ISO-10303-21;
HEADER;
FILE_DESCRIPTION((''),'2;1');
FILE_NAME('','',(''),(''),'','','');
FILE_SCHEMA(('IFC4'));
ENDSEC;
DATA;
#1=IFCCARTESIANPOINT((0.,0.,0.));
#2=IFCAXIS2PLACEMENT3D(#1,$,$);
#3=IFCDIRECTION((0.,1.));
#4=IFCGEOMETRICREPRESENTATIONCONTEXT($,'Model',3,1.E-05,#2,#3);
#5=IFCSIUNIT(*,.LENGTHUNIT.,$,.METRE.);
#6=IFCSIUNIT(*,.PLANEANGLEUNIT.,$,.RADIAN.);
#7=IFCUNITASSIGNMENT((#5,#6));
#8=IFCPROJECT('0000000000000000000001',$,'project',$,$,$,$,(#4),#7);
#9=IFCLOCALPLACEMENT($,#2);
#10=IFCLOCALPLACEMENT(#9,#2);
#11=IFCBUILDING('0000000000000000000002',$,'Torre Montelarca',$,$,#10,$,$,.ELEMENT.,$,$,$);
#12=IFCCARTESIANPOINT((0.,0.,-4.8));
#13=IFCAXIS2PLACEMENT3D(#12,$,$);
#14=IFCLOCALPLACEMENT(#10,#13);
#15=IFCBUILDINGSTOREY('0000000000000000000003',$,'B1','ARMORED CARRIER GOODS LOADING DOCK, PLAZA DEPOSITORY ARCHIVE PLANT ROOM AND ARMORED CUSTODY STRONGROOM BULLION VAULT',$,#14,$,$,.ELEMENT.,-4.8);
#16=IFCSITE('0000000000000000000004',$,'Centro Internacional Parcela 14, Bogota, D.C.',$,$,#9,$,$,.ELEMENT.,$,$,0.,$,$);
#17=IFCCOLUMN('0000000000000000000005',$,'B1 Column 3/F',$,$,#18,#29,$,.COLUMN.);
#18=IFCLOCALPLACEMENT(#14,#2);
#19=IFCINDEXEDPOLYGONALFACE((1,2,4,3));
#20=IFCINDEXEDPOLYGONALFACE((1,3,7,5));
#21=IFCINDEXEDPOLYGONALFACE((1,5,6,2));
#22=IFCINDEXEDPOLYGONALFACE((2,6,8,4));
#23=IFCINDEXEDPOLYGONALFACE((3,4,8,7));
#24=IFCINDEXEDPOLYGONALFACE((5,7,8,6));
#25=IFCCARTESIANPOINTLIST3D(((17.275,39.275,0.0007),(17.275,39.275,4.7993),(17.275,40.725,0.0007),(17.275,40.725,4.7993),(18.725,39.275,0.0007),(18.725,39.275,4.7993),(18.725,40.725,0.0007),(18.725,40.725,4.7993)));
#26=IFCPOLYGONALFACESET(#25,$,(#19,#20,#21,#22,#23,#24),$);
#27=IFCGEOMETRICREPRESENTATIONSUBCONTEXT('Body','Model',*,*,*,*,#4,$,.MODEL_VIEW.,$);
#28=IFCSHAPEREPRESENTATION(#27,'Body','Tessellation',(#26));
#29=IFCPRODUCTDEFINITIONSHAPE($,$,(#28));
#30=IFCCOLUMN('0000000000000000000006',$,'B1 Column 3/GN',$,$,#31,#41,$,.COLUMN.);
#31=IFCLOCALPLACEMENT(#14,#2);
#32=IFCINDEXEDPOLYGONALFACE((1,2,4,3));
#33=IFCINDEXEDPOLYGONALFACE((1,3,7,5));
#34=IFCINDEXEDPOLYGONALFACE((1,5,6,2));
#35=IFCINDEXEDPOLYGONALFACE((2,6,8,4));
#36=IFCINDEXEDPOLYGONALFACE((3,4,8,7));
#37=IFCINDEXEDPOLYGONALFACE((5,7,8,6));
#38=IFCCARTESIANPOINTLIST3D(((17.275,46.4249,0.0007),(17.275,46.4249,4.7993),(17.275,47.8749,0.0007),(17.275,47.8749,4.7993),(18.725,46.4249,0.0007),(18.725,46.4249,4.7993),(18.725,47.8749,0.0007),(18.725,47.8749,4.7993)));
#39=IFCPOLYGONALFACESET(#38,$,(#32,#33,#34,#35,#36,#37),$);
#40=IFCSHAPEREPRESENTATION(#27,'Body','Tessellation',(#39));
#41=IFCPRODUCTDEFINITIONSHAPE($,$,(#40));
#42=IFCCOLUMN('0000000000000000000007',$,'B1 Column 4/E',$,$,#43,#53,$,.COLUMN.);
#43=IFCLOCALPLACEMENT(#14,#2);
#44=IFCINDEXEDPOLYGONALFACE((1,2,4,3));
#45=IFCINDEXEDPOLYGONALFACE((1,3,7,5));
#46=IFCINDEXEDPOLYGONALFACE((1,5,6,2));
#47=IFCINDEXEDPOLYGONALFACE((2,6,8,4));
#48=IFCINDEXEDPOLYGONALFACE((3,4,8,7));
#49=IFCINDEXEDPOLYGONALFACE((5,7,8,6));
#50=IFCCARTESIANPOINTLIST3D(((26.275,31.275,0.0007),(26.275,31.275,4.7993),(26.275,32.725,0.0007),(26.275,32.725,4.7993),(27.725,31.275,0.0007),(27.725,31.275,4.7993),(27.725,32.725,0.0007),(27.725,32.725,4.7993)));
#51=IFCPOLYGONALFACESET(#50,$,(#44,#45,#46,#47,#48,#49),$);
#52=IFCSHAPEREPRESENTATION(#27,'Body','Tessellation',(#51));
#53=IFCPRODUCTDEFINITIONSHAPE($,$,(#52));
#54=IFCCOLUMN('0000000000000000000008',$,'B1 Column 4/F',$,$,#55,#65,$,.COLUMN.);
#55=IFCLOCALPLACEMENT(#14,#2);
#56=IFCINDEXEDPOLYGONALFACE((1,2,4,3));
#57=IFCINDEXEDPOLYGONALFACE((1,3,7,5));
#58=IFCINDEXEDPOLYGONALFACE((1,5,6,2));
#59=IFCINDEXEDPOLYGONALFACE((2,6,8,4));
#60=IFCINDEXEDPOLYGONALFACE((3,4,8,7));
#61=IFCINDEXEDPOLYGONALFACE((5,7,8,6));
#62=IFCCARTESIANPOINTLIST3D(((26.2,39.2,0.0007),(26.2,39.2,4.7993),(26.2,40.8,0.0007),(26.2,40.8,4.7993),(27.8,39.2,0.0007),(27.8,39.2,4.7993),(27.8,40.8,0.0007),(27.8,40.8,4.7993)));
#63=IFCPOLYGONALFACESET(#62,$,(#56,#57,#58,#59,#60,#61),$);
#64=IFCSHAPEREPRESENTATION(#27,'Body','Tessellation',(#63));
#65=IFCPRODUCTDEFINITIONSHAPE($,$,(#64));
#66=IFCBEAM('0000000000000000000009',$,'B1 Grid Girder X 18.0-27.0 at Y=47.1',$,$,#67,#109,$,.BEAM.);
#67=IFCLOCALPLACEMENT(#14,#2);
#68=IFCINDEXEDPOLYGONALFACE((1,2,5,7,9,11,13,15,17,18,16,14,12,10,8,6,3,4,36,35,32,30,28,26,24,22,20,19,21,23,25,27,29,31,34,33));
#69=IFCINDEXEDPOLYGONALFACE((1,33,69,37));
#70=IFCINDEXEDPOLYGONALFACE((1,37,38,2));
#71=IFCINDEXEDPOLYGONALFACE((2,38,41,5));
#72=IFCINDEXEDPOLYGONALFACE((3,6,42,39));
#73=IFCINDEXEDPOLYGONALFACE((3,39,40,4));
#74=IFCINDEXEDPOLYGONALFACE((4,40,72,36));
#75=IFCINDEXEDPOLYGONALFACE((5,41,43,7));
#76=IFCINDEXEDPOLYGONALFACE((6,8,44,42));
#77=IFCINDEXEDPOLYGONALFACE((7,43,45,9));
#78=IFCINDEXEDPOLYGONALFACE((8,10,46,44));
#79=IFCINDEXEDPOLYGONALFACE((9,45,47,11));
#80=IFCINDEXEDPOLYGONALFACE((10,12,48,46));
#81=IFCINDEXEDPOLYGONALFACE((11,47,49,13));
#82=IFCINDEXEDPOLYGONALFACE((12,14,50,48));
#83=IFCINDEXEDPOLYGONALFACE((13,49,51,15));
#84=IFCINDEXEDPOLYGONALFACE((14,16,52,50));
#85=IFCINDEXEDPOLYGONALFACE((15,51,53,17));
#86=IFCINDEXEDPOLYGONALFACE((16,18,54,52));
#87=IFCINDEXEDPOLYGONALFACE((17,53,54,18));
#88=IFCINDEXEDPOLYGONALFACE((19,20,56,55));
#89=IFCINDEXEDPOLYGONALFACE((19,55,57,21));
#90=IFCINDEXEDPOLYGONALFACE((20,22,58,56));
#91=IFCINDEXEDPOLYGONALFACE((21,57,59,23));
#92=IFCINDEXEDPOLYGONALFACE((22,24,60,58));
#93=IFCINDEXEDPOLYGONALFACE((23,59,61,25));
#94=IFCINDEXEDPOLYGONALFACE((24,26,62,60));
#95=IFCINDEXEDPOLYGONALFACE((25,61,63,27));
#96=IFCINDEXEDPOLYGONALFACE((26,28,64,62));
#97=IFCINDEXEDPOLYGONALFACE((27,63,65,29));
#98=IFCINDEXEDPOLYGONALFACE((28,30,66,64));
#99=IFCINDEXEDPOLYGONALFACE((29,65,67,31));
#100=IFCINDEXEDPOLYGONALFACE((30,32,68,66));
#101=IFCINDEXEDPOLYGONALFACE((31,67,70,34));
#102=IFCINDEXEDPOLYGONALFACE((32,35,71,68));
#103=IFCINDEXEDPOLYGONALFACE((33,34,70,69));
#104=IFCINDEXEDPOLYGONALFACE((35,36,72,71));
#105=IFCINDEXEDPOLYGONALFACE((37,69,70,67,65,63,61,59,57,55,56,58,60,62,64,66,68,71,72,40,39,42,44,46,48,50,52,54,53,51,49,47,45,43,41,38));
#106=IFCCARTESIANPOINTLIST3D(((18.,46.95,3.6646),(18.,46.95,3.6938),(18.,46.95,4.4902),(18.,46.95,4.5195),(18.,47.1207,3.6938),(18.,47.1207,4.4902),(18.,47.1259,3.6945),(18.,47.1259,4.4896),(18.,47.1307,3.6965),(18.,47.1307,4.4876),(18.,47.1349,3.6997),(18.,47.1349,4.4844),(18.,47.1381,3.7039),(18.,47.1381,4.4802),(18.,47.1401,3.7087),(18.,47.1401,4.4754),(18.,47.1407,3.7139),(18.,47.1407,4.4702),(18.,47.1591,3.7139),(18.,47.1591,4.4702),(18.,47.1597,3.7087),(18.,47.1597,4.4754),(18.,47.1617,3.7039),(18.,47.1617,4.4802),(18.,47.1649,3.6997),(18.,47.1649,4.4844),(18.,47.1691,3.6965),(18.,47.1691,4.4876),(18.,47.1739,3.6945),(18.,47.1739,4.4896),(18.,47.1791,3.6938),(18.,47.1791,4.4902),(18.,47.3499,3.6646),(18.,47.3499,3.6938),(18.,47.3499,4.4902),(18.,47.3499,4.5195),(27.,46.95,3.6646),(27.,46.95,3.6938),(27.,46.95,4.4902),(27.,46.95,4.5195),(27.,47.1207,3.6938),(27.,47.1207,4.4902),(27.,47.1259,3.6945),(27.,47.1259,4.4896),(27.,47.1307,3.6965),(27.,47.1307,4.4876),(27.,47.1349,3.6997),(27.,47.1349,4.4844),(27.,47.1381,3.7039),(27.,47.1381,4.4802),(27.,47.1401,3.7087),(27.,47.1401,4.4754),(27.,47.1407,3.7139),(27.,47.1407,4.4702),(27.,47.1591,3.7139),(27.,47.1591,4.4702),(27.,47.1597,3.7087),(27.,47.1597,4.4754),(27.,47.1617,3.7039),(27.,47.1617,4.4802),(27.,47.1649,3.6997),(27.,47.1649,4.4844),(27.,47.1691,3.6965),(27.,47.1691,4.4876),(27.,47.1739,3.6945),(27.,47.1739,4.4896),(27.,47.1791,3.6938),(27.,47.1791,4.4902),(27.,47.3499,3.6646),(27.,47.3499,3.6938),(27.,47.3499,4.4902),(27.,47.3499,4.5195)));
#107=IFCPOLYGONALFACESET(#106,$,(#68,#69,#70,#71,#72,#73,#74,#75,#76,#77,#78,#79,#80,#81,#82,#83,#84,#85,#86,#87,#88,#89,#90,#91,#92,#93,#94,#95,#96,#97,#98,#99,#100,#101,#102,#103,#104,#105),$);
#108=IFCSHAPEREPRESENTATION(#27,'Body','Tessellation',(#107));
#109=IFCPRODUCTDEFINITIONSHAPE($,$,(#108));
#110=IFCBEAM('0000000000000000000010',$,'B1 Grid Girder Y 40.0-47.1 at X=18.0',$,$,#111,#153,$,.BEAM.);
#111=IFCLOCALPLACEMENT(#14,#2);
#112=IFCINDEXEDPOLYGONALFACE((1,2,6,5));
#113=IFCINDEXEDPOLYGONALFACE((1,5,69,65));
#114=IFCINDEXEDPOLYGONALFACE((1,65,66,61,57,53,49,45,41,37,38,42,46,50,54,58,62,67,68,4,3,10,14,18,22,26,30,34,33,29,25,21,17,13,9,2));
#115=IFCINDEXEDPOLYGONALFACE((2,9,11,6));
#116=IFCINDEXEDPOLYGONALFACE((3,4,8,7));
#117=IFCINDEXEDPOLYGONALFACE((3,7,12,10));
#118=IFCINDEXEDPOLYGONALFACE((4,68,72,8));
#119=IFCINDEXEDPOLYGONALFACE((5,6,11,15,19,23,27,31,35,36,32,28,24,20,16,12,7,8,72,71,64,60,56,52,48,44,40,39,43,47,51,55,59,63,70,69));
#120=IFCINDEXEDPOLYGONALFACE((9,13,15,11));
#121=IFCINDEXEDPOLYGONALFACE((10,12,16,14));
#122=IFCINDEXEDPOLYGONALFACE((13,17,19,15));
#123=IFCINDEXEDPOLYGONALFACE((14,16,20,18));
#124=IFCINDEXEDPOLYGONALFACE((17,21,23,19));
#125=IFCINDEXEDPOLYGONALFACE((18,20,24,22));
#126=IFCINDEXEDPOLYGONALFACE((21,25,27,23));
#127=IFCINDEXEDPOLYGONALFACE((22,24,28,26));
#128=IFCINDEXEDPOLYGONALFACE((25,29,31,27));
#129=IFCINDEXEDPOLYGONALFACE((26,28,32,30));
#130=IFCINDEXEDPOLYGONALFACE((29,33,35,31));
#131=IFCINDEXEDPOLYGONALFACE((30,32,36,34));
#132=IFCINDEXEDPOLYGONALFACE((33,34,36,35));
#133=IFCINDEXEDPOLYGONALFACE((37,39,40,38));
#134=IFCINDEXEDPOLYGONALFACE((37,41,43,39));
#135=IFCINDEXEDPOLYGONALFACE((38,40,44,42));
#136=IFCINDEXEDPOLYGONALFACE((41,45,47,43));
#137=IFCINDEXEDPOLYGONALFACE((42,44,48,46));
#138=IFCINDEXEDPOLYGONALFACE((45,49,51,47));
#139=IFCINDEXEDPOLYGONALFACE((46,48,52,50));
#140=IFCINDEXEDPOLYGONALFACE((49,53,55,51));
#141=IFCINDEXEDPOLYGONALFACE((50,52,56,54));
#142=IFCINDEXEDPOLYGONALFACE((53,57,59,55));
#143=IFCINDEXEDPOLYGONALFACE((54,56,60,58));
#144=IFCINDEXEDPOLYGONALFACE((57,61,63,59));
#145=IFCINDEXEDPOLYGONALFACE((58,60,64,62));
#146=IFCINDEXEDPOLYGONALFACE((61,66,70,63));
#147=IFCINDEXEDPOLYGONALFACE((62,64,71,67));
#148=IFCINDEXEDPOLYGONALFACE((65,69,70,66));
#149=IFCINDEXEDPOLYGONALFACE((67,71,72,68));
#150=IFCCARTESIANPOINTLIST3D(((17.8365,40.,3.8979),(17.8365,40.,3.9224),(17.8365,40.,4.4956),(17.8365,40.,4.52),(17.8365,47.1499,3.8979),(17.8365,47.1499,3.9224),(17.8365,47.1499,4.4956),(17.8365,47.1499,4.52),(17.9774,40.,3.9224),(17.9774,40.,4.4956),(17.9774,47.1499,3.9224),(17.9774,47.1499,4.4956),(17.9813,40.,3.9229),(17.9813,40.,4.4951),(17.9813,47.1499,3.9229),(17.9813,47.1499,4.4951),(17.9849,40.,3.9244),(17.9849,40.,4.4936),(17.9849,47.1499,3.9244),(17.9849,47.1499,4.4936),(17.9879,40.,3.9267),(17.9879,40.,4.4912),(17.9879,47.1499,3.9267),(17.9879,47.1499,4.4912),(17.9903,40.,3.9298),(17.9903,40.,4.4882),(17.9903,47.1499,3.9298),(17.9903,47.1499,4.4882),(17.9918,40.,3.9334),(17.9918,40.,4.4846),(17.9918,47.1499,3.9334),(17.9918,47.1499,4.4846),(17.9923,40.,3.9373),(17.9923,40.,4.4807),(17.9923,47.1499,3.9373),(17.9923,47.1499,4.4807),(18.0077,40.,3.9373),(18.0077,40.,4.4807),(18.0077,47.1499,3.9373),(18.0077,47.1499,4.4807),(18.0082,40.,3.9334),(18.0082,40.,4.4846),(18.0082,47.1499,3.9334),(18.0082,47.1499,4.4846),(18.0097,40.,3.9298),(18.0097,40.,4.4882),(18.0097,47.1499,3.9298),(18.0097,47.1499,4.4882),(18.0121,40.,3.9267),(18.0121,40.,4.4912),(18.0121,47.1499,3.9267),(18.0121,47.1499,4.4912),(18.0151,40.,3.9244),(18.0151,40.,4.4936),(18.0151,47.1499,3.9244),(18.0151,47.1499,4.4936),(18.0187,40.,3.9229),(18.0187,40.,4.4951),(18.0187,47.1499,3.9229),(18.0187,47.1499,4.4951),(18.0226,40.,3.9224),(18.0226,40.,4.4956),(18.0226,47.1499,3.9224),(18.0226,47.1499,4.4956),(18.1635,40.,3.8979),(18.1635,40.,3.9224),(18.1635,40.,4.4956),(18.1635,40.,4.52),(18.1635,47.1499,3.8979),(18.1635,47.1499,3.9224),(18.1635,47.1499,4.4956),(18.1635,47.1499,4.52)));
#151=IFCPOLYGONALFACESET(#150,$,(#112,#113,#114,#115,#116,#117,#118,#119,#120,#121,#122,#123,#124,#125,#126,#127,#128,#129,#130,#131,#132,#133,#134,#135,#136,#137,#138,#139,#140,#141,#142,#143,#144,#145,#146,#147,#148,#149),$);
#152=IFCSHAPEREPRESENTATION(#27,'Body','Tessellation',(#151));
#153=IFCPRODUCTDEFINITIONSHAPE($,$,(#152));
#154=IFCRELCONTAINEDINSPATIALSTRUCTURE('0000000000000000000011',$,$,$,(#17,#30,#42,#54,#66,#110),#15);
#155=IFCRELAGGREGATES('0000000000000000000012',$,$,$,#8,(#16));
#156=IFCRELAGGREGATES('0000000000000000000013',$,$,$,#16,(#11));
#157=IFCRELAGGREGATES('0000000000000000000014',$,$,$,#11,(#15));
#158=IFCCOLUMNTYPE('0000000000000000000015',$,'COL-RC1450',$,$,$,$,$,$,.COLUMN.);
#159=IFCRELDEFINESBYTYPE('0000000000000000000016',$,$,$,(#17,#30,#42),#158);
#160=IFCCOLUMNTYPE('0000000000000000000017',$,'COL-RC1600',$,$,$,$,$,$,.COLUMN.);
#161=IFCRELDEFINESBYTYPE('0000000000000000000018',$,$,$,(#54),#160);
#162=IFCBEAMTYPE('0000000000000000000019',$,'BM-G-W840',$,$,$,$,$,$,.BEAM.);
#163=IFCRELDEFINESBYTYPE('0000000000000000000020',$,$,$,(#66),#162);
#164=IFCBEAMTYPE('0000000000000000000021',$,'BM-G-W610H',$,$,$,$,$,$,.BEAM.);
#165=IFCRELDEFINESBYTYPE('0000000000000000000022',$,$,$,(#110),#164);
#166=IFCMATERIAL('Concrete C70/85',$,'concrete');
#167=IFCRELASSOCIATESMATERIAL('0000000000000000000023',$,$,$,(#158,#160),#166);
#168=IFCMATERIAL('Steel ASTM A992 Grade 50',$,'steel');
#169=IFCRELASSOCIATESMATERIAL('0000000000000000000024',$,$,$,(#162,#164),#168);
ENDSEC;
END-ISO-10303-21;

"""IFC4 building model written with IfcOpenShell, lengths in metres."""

from ifc_helpers import new_model, si_unit, direction, frame, origin, origin_2d, place, context, subcontext, project, spatial, rectangle, i_section, extrude, source, transform, mapped, material, material_profile, profile_set, type_object, element, save


model = new_model("IFC4")

# Units and contexts
model_context = context("Model", 3, precision=1e-05, world=origin(), true_north=direction((0.0, 1.0)))
body_context = subcontext(model_context, "Body", "Model", "MODEL_VIEW")
ifc_project = project(units=[si_unit("LENGTHUNIT", "METRE"), si_unit("PLANEANGLEUNIT", "RADIAN")], contexts=[model_context])

# Site, building, storey
site_placement = place(None, origin())
site = spatial("IfcSite", under=ifc_project, at=site_placement, Name="Centro Internacional Parcela 14, Bogota, D.C.", CompositionType="ELEMENT", RefElevation=0.0)
building_placement = place(site_placement, origin())
building = spatial("IfcBuilding", under=site, at=building_placement, Name="Torre Montelarca", CompositionType="ELEMENT")
storey_placement = place(building_placement, frame((0.0, 0.0, -4.8)))
storey = spatial("IfcBuildingStorey", under=building, at=storey_placement, Name="B1", Description="ARMORED CARRIER GOODS LOADING DOCK, PLAZA DEPOSITORY ARCHIVE PLANT ROOM AND ARMORED CUSTODY STRONGROOM BULLION VAULT", CompositionType="ELEMENT", Elevation=-4.8)

# Columns
ifc_material_1 = material(Name="Concrete C70/85", Category="concrete")
ifc_material_profile_1 = material_profile(ifc_material_1, rectangle(XDim=1.45, YDim=1.45, at=origin_2d()), Name="RC1450X1450", Category="concrete")
ifc_profile_set_1 = profile_set([ifc_material_profile_1], Name="Concrete C70/85")
column_type_1 = type_object("IfcColumnType", Name="COL-RC1450", PredefinedType="COLUMN", material=ifc_profile_set_1)
shared_shape_1 = source(origin(), body_context, "Body", "SweptSolid", [
    extrude(rectangle(XDim=1.45, YDim=1.45, at=origin_2d()), origin(), (0.0, 0.0, 1.0), 4.7986),
])
for number, where, z_axis, x_axis, name in (
    (1, (18.0, 40.0, 0.0007), (0.0, 0.0, 1.0), (1.0, 0.0, 0.0), "B1 Column 3/F"),
    (2, (18.0, 47.1499, 0.0007), (0.0, 0.0, 1.0), (1.0, 0.0, 0.0), "B1 Column 3/GN"),
    (3, (27.0, 32.0, 0.0007), (0.0, 0.0, 1.0), (1.0, 0.0, 0.0), "B1 Column 4/E"),
):
    element("IfcColumn", number, at=place(storey_placement, frame(where, z_axis=z_axis, x_axis=x_axis)), inside=storey, type_object=column_type_1, Name=name, PredefinedType="COLUMN", context=body_context, shape_type="MappedRepresentation", body=[
        mapped(shared_shape_1, transform((0.0, 0.0, 0.0), scale=1.0)),
    ])
ifc_material_profile_2 = material_profile(ifc_material_1, rectangle(XDim=1.6001, YDim=1.6001, at=origin_2d()), Name="RC1600X1600", Category="concrete")
ifc_profile_set_2 = profile_set([ifc_material_profile_2], Name="Concrete C70/85")
column_type_2 = type_object("IfcColumnType", Name="COL-RC1600", PredefinedType="COLUMN", material=ifc_profile_set_2)
shared_shape_2 = source(origin(), body_context, "Body", "SweptSolid", [
    extrude(rectangle(XDim=1.6001, YDim=1.6001, at=origin_2d()), origin(), (0.0, 0.0, 1.0), 4.7986),
])
column_placement = place(storey_placement, frame((27.0, 40.0, 0.0007), z_axis=(0.0, 0.0, 1.0), x_axis=(1.0, 0.0, 0.0)))
element("IfcColumn", 4, at=column_placement, inside=storey, type_object=column_type_2, Name="B1 Column 4/F", PredefinedType="COLUMN", context=body_context, shape_type="MappedRepresentation", body=[
    mapped(shared_shape_2, transform((0.0, 0.0, 0.0), scale=1.0)),
])

# Beams
ifc_material_2 = material(Name="Steel ASTM A992 Grade 50", Category="steel")
ifc_material_profile_3 = material_profile(ifc_material_2, i_section(OverallWidth=0.3999, OverallDepth=0.855, WebThickness=0.0183, FlangeThickness=0.0293, FilletRadius=0.02, at=origin_2d()), Name="W840X299", Category="steel")
ifc_profile_set_3 = profile_set([ifc_material_profile_3], Name="Steel ASTM A992 Grade 50")
beam_type_1 = type_object("IfcBeamType", Name="BM-G-W840", PredefinedType="BEAM", material=ifc_profile_set_3)
shared_shape_3 = source(origin(), body_context, "Body", "SweptSolid", [
    extrude(i_section(OverallWidth=0.3999, OverallDepth=0.855, WebThickness=0.0183, FlangeThickness=0.0293, FilletRadius=0.02, at=origin_2d()), origin(), (0.0, 0.0, 1.0), 9.0),
])
beam_1_placement = place(storey_placement, frame((18.0, 47.1499, 4.092), z_axis=(1.0, 0.0, 0.0), x_axis=(0.0, 1.0, 0.0)))
element("IfcBeam", 5, at=beam_1_placement, inside=storey, type_object=beam_type_1, Name="B1 Grid Girder X 18.0-27.0 at Y=47.1", PredefinedType="BEAM", context=body_context, shape_type="MappedRepresentation", body=[
    mapped(shared_shape_3, transform((0.0, 0.0, 0.0), scale=1.0)),
])
ifc_material_profile_4 = material_profile(ifc_material_2, i_section(OverallWidth=0.3269, OverallDepth=0.6221, WebThickness=0.0154, FlangeThickness=0.0244, FilletRadius=0.0149, at=origin_2d()), Name="W610X195", Category="steel")
ifc_profile_set_4 = profile_set([ifc_material_profile_4], Name="Steel ASTM A992 Grade 50")
beam_type_2 = type_object("IfcBeamType", Name="BM-G-W610H", PredefinedType="BEAM", material=ifc_profile_set_4)
shared_shape_4 = source(origin(), body_context, "Body", "SweptSolid", [
    extrude(i_section(OverallWidth=0.3269, OverallDepth=0.6221, WebThickness=0.0154, FlangeThickness=0.0244, FilletRadius=0.0149, at=origin_2d()), origin(), (0.0, 0.0, 1.0), 7.1499),
])
for number, where, z_axis, x_axis, name in (
    (6, (18.0, 40.0, 4.209), (0.0, 1.0, 0.0), (-1.0, 0.0, 0.0), "B1 Grid Girder Y 40.0-47.1 at X=18.0"),
):
    element("IfcBeam", number, at=place(storey_placement, frame(where, z_axis=z_axis, x_axis=x_axis)), inside=storey, type_object=beam_type_2, Name=name, PredefinedType="BEAM", context=body_context, shape_type="MappedRepresentation", body=[
        mapped(shared_shape_4, transform((0.0, 0.0, 0.0), scale=1.0)),
    ])

save(model, "model.ifc")
